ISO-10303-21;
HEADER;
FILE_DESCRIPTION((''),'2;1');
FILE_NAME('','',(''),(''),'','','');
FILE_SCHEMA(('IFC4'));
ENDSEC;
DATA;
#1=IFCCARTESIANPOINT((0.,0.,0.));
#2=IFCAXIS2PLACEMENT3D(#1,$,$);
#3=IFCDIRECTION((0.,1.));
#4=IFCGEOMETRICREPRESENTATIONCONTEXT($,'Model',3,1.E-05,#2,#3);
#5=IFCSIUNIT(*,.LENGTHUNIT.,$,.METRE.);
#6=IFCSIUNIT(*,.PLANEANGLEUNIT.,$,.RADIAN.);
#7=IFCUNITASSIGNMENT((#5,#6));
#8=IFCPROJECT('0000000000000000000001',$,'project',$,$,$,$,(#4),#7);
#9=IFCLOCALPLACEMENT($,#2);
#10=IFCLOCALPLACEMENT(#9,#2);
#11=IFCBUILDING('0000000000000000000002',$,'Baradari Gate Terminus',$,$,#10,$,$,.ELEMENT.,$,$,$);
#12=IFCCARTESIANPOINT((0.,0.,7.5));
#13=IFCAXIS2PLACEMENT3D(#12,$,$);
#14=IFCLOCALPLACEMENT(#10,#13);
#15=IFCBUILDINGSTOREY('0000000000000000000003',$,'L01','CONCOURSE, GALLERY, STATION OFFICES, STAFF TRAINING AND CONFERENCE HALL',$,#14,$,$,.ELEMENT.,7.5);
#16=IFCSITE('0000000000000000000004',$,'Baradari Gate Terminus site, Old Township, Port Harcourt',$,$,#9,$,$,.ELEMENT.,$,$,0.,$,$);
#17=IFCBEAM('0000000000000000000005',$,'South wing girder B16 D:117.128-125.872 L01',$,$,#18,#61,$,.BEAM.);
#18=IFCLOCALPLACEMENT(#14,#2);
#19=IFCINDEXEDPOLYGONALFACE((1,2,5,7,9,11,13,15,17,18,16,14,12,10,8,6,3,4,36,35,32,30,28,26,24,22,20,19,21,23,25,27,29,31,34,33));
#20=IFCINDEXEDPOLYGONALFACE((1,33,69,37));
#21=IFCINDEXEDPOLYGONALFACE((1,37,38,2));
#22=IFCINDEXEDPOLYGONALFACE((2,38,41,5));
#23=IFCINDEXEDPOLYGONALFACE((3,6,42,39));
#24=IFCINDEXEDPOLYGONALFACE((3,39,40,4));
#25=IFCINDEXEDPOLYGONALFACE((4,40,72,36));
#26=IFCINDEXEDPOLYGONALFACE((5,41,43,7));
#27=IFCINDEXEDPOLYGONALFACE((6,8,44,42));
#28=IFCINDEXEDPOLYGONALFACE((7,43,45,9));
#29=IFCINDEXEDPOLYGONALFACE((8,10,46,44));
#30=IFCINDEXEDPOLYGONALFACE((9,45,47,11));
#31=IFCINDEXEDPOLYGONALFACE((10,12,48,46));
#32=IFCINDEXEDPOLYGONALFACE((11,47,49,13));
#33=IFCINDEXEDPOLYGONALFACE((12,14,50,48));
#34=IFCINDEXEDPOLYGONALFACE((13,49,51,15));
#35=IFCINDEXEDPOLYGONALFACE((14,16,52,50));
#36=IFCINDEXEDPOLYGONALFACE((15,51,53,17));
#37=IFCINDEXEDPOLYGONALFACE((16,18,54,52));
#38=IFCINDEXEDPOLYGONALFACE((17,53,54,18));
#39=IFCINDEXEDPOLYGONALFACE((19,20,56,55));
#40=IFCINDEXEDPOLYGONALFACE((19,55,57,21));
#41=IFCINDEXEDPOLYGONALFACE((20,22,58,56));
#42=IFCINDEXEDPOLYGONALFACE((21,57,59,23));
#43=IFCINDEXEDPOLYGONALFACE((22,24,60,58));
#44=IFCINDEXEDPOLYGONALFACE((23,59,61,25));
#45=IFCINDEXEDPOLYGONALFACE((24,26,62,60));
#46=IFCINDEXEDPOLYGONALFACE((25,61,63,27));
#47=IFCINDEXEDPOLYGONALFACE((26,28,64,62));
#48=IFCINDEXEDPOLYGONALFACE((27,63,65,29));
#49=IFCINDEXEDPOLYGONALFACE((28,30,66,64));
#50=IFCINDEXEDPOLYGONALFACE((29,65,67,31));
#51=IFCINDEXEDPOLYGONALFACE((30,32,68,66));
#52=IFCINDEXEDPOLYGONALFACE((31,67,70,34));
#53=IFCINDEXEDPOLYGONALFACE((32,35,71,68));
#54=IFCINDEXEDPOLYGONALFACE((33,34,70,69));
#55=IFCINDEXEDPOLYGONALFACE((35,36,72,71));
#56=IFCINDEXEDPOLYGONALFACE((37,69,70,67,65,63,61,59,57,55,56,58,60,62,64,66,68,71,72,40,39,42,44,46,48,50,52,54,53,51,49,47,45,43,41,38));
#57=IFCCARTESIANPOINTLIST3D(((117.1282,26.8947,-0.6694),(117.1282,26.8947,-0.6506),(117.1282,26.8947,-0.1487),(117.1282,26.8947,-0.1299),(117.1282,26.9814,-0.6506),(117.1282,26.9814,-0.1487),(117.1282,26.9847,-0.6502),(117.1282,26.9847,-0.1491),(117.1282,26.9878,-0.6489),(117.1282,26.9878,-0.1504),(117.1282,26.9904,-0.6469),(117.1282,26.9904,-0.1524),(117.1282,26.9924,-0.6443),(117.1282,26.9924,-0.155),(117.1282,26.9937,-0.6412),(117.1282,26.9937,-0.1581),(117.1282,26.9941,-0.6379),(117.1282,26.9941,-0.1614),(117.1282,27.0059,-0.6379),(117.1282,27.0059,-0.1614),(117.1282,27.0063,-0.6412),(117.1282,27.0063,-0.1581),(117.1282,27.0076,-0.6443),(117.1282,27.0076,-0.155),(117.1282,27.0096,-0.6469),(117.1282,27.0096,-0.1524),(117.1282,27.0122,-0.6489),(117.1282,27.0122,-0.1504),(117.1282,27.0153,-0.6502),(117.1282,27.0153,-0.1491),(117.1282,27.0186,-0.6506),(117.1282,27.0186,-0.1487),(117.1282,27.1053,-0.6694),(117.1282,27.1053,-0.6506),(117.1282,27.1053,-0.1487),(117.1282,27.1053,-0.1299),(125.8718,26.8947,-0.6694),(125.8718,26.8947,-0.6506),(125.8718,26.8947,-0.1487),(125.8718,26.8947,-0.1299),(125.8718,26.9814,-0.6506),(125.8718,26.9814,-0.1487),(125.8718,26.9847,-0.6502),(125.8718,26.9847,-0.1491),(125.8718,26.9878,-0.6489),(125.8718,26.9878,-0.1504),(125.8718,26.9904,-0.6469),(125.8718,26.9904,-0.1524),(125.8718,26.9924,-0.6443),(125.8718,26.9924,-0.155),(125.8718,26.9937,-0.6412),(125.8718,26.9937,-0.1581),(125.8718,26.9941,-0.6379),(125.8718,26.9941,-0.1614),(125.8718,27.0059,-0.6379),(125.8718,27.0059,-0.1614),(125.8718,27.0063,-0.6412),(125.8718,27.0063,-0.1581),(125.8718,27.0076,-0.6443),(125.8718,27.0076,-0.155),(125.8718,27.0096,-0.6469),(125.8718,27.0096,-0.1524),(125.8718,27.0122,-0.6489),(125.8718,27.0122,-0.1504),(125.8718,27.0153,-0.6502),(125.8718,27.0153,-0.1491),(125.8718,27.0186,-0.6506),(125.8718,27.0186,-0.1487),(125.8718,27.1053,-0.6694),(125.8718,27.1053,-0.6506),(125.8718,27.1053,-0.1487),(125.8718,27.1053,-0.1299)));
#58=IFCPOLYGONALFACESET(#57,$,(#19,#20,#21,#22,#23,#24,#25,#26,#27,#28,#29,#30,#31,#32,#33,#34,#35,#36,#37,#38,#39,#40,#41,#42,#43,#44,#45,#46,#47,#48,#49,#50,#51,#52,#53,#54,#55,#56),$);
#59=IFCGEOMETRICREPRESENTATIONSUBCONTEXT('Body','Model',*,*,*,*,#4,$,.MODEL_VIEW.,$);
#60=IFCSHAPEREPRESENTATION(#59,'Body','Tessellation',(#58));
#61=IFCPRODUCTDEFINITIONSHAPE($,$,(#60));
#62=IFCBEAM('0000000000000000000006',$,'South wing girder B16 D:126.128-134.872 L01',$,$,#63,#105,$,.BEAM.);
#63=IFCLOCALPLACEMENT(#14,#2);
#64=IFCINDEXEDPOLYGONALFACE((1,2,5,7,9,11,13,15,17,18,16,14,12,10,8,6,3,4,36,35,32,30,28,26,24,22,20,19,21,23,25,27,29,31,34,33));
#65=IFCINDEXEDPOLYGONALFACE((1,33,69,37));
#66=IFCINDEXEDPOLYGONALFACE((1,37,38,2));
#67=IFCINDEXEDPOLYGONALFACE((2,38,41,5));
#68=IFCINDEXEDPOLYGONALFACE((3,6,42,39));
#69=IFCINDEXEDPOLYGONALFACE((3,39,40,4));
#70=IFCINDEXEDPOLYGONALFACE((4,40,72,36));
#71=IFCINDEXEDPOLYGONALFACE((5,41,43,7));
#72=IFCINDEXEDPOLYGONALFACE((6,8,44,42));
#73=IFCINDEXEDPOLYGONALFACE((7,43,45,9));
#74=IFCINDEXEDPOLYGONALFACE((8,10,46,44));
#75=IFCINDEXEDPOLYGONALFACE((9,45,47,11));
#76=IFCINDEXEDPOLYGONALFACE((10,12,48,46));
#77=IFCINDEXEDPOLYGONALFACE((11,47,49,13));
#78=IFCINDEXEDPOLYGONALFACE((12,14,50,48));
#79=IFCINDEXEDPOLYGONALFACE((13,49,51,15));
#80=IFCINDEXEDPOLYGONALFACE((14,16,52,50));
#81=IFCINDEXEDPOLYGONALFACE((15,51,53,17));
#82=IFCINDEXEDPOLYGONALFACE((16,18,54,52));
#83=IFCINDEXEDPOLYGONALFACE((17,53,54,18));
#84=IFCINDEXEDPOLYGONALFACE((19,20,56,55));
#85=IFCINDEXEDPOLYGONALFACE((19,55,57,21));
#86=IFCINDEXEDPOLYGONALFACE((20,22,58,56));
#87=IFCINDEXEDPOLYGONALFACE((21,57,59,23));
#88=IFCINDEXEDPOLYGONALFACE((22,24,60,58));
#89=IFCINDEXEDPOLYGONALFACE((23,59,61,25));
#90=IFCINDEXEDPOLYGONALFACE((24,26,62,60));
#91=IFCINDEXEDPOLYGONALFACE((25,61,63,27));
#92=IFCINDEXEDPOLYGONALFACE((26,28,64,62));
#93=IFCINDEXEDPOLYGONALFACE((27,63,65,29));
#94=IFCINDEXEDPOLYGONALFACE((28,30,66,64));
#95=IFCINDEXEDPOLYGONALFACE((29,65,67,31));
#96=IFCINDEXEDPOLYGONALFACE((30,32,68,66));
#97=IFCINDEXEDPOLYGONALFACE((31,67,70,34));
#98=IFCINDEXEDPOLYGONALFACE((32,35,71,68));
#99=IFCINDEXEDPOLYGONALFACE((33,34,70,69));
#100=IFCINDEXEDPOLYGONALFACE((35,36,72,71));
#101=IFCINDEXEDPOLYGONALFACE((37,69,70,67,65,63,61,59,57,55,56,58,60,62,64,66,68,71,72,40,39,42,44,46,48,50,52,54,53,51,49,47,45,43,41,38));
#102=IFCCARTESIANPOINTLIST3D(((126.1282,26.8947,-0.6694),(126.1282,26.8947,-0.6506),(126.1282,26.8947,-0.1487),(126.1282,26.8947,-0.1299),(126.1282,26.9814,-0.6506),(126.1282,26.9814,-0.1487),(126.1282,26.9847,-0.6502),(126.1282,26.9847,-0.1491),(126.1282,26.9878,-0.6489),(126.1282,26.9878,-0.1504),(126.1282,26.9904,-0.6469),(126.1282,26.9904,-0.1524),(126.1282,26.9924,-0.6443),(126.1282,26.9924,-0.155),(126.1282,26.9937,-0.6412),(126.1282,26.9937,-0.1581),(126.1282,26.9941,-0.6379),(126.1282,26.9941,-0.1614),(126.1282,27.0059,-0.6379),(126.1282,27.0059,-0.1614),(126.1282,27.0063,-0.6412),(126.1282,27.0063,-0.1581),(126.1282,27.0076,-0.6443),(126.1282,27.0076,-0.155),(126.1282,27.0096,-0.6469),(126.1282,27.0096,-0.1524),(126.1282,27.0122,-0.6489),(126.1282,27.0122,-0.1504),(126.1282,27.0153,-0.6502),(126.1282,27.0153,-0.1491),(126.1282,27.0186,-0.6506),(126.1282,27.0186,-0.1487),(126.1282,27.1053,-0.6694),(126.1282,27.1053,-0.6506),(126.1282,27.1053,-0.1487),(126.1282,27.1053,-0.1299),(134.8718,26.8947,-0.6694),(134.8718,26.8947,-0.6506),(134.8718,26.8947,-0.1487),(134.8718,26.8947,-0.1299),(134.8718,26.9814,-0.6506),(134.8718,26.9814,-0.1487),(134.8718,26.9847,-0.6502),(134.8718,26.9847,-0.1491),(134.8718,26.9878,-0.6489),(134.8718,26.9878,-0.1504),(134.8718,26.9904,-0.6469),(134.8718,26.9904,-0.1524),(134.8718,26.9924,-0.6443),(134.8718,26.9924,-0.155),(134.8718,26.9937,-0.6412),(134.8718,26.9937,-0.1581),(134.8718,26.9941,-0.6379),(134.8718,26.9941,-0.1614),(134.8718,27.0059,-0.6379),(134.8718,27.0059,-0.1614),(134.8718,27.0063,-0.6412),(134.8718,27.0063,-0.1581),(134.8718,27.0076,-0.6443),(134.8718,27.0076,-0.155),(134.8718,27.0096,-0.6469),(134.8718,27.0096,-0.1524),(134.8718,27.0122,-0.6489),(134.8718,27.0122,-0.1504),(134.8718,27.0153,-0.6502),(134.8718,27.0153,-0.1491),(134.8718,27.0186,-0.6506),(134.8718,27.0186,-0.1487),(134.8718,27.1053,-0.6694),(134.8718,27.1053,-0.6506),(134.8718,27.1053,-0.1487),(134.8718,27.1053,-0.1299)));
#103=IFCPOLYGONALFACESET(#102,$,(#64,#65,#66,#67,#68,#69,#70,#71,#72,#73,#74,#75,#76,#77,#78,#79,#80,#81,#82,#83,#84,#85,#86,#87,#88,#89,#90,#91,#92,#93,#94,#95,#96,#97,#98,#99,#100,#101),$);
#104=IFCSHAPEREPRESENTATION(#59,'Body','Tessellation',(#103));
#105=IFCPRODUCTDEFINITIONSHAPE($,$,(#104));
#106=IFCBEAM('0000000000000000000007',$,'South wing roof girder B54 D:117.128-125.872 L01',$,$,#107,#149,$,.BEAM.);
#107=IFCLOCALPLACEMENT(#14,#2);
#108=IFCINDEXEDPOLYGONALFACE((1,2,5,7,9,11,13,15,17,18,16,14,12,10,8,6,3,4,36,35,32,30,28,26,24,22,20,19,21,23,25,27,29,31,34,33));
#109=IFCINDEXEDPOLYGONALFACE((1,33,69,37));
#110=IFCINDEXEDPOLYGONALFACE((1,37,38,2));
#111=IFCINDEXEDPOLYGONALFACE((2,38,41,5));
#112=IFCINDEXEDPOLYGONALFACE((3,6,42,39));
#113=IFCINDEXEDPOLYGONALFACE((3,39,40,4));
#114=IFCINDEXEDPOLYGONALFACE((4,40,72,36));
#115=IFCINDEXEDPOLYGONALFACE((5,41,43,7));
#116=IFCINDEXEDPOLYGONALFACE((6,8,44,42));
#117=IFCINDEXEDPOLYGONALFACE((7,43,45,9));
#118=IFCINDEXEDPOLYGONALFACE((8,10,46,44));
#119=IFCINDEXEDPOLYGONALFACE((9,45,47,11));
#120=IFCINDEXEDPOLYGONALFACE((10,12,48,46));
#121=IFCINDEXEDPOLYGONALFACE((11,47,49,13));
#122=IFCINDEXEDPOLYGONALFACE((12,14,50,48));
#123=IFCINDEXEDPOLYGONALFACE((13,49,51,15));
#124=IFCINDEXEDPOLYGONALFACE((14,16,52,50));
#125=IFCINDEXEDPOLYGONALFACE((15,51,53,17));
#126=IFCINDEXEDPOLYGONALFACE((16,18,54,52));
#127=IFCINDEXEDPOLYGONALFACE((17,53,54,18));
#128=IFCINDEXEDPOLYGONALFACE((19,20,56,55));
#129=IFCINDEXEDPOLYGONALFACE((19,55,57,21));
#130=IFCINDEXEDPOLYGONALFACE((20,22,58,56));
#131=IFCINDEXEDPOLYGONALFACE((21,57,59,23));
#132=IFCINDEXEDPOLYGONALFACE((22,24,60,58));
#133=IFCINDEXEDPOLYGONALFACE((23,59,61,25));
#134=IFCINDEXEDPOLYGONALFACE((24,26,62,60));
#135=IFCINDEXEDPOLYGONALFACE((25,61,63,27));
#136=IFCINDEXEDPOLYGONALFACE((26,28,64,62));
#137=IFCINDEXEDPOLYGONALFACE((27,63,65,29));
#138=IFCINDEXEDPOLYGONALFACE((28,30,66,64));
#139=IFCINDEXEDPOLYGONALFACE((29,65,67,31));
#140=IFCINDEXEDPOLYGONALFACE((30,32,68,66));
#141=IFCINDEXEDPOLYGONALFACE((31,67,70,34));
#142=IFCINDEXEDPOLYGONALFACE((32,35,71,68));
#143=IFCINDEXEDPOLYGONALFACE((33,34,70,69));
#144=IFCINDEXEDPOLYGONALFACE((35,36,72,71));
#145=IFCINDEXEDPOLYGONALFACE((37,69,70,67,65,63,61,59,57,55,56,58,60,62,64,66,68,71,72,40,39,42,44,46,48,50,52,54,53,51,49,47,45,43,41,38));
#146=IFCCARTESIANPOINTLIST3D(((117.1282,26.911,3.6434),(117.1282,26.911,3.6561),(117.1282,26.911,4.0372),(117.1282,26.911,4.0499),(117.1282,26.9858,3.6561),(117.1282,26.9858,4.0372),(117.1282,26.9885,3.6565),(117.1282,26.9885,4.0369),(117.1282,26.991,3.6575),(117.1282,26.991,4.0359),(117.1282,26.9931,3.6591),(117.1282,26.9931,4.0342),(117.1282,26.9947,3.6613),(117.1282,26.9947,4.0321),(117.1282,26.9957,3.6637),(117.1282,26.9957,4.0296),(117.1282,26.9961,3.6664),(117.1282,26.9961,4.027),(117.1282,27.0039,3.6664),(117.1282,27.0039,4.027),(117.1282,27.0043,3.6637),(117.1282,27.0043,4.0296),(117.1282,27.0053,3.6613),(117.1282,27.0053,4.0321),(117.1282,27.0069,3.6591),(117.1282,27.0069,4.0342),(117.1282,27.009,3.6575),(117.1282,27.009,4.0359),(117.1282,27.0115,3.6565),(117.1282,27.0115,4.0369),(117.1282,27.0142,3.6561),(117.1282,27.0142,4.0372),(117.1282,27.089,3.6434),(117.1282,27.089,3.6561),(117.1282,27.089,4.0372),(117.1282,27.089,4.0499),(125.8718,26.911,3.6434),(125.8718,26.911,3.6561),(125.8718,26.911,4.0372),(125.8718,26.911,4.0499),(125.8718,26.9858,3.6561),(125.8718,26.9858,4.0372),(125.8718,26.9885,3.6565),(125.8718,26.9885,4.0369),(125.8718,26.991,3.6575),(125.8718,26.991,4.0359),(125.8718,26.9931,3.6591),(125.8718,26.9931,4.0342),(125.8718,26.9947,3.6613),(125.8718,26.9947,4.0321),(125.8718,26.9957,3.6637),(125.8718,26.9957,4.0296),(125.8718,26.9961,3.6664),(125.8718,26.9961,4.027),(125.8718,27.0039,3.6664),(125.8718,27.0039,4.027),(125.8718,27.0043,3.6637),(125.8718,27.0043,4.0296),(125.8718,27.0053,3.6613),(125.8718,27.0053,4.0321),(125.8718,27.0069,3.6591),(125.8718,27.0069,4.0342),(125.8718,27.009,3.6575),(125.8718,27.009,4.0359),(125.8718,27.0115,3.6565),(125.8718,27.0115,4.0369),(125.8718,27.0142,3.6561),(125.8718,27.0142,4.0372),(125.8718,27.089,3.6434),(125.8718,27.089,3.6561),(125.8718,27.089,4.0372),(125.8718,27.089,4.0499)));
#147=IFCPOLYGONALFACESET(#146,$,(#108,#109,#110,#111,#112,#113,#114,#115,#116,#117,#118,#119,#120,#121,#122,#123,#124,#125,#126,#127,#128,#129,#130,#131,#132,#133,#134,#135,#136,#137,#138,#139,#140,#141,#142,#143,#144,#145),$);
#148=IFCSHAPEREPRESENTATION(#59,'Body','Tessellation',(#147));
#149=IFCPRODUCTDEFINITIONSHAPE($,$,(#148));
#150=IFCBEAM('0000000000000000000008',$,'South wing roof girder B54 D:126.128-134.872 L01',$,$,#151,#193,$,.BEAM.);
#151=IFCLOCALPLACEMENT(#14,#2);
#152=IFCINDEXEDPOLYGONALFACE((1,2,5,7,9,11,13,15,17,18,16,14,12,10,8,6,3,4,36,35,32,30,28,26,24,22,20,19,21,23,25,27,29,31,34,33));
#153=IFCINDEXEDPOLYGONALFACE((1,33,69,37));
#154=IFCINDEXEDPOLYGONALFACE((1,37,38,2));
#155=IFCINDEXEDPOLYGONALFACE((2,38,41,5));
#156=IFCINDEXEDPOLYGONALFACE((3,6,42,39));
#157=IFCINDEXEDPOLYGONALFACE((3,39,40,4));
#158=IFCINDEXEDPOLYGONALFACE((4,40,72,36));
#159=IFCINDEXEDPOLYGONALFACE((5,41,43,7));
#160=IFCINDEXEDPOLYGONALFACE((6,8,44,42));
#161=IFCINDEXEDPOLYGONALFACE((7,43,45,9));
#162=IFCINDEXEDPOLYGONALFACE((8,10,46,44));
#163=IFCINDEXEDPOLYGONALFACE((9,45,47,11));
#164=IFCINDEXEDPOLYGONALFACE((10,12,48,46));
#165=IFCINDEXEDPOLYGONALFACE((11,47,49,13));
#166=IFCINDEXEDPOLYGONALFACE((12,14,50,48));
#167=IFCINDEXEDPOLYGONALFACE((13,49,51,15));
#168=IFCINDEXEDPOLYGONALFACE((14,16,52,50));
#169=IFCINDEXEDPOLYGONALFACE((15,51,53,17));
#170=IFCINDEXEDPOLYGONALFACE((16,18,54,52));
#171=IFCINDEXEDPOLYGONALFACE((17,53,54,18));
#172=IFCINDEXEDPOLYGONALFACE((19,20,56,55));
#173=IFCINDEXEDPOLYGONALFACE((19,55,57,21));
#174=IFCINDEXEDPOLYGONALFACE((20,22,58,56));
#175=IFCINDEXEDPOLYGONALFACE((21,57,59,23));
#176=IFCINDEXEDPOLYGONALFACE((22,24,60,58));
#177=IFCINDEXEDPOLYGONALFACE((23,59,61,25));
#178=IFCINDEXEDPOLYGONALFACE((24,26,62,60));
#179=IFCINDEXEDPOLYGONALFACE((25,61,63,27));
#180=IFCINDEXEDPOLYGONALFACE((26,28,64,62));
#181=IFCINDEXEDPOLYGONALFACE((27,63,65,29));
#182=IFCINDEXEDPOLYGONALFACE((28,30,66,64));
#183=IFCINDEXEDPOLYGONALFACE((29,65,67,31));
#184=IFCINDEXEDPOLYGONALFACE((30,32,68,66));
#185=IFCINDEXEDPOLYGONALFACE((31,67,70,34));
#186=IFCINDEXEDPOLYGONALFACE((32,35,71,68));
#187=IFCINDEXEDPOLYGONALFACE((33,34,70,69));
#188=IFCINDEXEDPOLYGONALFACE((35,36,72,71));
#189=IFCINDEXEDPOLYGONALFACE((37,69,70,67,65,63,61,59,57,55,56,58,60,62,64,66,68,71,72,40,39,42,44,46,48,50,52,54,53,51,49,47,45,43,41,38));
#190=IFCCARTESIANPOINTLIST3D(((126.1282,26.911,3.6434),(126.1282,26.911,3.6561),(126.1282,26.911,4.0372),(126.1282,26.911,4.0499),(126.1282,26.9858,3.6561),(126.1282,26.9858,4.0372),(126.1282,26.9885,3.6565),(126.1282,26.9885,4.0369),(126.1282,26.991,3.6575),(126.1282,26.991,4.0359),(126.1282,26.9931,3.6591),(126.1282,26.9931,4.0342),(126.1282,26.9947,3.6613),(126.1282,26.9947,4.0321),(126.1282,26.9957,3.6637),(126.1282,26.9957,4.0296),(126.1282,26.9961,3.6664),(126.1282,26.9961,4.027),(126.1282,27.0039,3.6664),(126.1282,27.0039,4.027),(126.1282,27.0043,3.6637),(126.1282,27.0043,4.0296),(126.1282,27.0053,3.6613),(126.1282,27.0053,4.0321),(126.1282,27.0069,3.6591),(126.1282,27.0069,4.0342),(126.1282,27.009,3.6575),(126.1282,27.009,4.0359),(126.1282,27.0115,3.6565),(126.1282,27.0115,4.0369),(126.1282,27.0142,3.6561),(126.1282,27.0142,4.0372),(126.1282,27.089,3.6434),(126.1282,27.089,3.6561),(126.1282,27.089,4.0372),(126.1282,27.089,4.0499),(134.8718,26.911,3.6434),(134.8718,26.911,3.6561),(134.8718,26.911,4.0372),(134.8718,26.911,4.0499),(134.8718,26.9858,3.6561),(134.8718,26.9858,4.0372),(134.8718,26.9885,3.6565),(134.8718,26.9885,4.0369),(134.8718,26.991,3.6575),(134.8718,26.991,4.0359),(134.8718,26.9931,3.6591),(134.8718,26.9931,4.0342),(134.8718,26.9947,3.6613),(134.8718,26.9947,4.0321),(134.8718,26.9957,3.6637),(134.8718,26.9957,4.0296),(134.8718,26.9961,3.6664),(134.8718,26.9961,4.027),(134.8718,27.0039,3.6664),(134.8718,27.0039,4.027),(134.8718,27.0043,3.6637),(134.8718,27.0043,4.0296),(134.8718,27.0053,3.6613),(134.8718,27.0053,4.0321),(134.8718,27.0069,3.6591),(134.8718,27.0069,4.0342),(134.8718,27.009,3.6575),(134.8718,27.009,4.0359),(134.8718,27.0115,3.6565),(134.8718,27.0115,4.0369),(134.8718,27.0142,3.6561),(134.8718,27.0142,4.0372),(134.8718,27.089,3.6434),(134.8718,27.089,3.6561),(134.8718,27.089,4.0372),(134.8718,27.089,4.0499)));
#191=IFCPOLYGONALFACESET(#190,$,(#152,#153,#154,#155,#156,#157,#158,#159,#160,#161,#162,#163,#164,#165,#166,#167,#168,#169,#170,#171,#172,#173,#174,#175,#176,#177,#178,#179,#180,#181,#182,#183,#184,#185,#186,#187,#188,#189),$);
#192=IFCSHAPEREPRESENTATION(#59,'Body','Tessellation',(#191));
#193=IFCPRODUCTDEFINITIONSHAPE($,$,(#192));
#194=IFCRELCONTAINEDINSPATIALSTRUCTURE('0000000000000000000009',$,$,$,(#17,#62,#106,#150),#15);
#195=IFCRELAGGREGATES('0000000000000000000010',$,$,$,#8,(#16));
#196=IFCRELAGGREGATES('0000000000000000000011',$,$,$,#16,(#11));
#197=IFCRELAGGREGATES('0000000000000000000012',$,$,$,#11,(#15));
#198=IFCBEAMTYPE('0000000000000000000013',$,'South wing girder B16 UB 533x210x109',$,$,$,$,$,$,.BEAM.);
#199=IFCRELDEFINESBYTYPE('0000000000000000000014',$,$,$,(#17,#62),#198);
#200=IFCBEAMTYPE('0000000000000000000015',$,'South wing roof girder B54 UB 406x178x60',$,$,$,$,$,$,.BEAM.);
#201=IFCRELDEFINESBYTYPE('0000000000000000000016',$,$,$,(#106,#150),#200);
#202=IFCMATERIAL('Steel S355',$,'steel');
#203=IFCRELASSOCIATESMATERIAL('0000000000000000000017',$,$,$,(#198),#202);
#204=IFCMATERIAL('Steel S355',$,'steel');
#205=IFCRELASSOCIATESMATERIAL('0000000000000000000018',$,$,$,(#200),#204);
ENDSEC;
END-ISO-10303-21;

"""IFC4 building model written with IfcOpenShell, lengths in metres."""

from ifc_helpers import new_model, si_unit, direction, frame, origin, origin_2d, place, context, subcontext, project, spatial, i_section, extrude, material, material_profile, profile_set, type_object, element, save


model = new_model("IFC4")

# Units and contexts
model_context = context("Model", 3, precision=1e-05, world=origin(), true_north=direction((0.0, 1.0)))
body_context = subcontext(model_context, "Body", "Model", "MODEL_VIEW")
ifc_project = project(units=[si_unit("LENGTHUNIT", "METRE"), si_unit("PLANEANGLEUNIT", "RADIAN")], contexts=[model_context])

# Site, building, storey
site_placement = place(None, origin())
site = spatial("IfcSite", under=ifc_project, at=site_placement, Name="Baradari Gate Terminus site, Old Township, Port Harcourt", CompositionType="ELEMENT", RefElevation=0.0)
building_placement = place(site_placement, origin())
building = spatial("IfcBuilding", under=site, at=building_placement, Name="Baradari Gate Terminus", CompositionType="ELEMENT")
storey_placement = place(building_placement, frame((0.0, 0.0, 7.5)))
storey = spatial("IfcBuildingStorey", under=building, at=storey_placement, Name="L01", Description="CONCOURSE, GALLERY, STATION OFFICES, STAFF TRAINING AND CONFERENCE HALL", CompositionType="ELEMENT", Elevation=7.5)

# Beams
ifc_material_1 = material(Name="Steel S355", Category="steel")
ifc_material_profile_1 = material_profile(ifc_material_1, i_section(OverallWidth=0.2107, OverallDepth=0.5396, WebThickness=0.0117, FlangeThickness=0.0188, FilletRadius=0.0127, at=origin_2d()), Name="UB 533x210x109")
ifc_profile_set_1 = profile_set([ifc_material_profile_1], Name="Steel S355")
beam_type_1 = type_object("IfcBeamType", Name="South wing girder B16 UB 533x210x109", PredefinedType="BEAM", material=ifc_profile_set_1)
for number, where, z_axis, x_axis, name in (
    (1, (117.1282, 27.0, -0.3997), (1.0, 0.0, 0.0), (0.0, 1.0, 0.0), "South wing girder B16 D:117.128-125.872 L01"),
    (2, (126.1282, 27.0, -0.3997), (1.0, 0.0, 0.0), (0.0, 1.0, 0.0), "South wing girder B16 D:126.128-134.872 L01"),
):
    element("IfcBeam", number, at=place(storey_placement, frame(where, z_axis=z_axis, x_axis=x_axis)), inside=storey, type_object=beam_type_1, Name=name, PredefinedType="BEAM", context=body_context, shape_type="SweptSolid", body=[
        extrude(i_section(OverallWidth=0.2107, OverallDepth=0.5396, WebThickness=0.0117, FlangeThickness=0.0188, FilletRadius=0.0127, at=origin_2d()), origin(), (0.0, 0.0, 1.0), 8.7437),
    ])
ifc_material_2 = material(Name="Steel S355", Category="steel")
ifc_material_profile_2 = material_profile(ifc_material_2, i_section(OverallWidth=0.178, OverallDepth=0.4065, WebThickness=0.0078, FlangeThickness=0.0127, FilletRadius=0.0103, at=origin_2d()), Name="UB 406x178x60")
ifc_profile_set_2 = profile_set([ifc_material_profile_2], Name="Steel S355")
beam_type_2 = type_object("IfcBeamType", Name="South wing roof girder B54 UB 406x178x60", PredefinedType="BEAM", material=ifc_profile_set_2)
for number, where, z_axis, x_axis, name in (
    (3, (117.1282, 27.0, 3.8467), (1.0, 0.0, 0.0), (0.0, 1.0, 0.0), "South wing roof girder B54 D:117.128-125.872 L01"),
    (4, (126.1282, 27.0, 3.8467), (1.0, 0.0, 0.0), (0.0, 1.0, 0.0), "South wing roof girder B54 D:126.128-134.872 L01"),
):
    element("IfcBeam", number, at=place(storey_placement, frame(where, z_axis=z_axis, x_axis=x_axis)), inside=storey, type_object=beam_type_2, Name=name, PredefinedType="BEAM", context=body_context, shape_type="SweptSolid", body=[
        extrude(i_section(OverallWidth=0.178, OverallDepth=0.4065, WebThickness=0.0078, FlangeThickness=0.0127, FilletRadius=0.0103, at=origin_2d()), origin(), (0.0, 0.0, 1.0), 8.7437),
    ])

save(model, "model.ifc")
